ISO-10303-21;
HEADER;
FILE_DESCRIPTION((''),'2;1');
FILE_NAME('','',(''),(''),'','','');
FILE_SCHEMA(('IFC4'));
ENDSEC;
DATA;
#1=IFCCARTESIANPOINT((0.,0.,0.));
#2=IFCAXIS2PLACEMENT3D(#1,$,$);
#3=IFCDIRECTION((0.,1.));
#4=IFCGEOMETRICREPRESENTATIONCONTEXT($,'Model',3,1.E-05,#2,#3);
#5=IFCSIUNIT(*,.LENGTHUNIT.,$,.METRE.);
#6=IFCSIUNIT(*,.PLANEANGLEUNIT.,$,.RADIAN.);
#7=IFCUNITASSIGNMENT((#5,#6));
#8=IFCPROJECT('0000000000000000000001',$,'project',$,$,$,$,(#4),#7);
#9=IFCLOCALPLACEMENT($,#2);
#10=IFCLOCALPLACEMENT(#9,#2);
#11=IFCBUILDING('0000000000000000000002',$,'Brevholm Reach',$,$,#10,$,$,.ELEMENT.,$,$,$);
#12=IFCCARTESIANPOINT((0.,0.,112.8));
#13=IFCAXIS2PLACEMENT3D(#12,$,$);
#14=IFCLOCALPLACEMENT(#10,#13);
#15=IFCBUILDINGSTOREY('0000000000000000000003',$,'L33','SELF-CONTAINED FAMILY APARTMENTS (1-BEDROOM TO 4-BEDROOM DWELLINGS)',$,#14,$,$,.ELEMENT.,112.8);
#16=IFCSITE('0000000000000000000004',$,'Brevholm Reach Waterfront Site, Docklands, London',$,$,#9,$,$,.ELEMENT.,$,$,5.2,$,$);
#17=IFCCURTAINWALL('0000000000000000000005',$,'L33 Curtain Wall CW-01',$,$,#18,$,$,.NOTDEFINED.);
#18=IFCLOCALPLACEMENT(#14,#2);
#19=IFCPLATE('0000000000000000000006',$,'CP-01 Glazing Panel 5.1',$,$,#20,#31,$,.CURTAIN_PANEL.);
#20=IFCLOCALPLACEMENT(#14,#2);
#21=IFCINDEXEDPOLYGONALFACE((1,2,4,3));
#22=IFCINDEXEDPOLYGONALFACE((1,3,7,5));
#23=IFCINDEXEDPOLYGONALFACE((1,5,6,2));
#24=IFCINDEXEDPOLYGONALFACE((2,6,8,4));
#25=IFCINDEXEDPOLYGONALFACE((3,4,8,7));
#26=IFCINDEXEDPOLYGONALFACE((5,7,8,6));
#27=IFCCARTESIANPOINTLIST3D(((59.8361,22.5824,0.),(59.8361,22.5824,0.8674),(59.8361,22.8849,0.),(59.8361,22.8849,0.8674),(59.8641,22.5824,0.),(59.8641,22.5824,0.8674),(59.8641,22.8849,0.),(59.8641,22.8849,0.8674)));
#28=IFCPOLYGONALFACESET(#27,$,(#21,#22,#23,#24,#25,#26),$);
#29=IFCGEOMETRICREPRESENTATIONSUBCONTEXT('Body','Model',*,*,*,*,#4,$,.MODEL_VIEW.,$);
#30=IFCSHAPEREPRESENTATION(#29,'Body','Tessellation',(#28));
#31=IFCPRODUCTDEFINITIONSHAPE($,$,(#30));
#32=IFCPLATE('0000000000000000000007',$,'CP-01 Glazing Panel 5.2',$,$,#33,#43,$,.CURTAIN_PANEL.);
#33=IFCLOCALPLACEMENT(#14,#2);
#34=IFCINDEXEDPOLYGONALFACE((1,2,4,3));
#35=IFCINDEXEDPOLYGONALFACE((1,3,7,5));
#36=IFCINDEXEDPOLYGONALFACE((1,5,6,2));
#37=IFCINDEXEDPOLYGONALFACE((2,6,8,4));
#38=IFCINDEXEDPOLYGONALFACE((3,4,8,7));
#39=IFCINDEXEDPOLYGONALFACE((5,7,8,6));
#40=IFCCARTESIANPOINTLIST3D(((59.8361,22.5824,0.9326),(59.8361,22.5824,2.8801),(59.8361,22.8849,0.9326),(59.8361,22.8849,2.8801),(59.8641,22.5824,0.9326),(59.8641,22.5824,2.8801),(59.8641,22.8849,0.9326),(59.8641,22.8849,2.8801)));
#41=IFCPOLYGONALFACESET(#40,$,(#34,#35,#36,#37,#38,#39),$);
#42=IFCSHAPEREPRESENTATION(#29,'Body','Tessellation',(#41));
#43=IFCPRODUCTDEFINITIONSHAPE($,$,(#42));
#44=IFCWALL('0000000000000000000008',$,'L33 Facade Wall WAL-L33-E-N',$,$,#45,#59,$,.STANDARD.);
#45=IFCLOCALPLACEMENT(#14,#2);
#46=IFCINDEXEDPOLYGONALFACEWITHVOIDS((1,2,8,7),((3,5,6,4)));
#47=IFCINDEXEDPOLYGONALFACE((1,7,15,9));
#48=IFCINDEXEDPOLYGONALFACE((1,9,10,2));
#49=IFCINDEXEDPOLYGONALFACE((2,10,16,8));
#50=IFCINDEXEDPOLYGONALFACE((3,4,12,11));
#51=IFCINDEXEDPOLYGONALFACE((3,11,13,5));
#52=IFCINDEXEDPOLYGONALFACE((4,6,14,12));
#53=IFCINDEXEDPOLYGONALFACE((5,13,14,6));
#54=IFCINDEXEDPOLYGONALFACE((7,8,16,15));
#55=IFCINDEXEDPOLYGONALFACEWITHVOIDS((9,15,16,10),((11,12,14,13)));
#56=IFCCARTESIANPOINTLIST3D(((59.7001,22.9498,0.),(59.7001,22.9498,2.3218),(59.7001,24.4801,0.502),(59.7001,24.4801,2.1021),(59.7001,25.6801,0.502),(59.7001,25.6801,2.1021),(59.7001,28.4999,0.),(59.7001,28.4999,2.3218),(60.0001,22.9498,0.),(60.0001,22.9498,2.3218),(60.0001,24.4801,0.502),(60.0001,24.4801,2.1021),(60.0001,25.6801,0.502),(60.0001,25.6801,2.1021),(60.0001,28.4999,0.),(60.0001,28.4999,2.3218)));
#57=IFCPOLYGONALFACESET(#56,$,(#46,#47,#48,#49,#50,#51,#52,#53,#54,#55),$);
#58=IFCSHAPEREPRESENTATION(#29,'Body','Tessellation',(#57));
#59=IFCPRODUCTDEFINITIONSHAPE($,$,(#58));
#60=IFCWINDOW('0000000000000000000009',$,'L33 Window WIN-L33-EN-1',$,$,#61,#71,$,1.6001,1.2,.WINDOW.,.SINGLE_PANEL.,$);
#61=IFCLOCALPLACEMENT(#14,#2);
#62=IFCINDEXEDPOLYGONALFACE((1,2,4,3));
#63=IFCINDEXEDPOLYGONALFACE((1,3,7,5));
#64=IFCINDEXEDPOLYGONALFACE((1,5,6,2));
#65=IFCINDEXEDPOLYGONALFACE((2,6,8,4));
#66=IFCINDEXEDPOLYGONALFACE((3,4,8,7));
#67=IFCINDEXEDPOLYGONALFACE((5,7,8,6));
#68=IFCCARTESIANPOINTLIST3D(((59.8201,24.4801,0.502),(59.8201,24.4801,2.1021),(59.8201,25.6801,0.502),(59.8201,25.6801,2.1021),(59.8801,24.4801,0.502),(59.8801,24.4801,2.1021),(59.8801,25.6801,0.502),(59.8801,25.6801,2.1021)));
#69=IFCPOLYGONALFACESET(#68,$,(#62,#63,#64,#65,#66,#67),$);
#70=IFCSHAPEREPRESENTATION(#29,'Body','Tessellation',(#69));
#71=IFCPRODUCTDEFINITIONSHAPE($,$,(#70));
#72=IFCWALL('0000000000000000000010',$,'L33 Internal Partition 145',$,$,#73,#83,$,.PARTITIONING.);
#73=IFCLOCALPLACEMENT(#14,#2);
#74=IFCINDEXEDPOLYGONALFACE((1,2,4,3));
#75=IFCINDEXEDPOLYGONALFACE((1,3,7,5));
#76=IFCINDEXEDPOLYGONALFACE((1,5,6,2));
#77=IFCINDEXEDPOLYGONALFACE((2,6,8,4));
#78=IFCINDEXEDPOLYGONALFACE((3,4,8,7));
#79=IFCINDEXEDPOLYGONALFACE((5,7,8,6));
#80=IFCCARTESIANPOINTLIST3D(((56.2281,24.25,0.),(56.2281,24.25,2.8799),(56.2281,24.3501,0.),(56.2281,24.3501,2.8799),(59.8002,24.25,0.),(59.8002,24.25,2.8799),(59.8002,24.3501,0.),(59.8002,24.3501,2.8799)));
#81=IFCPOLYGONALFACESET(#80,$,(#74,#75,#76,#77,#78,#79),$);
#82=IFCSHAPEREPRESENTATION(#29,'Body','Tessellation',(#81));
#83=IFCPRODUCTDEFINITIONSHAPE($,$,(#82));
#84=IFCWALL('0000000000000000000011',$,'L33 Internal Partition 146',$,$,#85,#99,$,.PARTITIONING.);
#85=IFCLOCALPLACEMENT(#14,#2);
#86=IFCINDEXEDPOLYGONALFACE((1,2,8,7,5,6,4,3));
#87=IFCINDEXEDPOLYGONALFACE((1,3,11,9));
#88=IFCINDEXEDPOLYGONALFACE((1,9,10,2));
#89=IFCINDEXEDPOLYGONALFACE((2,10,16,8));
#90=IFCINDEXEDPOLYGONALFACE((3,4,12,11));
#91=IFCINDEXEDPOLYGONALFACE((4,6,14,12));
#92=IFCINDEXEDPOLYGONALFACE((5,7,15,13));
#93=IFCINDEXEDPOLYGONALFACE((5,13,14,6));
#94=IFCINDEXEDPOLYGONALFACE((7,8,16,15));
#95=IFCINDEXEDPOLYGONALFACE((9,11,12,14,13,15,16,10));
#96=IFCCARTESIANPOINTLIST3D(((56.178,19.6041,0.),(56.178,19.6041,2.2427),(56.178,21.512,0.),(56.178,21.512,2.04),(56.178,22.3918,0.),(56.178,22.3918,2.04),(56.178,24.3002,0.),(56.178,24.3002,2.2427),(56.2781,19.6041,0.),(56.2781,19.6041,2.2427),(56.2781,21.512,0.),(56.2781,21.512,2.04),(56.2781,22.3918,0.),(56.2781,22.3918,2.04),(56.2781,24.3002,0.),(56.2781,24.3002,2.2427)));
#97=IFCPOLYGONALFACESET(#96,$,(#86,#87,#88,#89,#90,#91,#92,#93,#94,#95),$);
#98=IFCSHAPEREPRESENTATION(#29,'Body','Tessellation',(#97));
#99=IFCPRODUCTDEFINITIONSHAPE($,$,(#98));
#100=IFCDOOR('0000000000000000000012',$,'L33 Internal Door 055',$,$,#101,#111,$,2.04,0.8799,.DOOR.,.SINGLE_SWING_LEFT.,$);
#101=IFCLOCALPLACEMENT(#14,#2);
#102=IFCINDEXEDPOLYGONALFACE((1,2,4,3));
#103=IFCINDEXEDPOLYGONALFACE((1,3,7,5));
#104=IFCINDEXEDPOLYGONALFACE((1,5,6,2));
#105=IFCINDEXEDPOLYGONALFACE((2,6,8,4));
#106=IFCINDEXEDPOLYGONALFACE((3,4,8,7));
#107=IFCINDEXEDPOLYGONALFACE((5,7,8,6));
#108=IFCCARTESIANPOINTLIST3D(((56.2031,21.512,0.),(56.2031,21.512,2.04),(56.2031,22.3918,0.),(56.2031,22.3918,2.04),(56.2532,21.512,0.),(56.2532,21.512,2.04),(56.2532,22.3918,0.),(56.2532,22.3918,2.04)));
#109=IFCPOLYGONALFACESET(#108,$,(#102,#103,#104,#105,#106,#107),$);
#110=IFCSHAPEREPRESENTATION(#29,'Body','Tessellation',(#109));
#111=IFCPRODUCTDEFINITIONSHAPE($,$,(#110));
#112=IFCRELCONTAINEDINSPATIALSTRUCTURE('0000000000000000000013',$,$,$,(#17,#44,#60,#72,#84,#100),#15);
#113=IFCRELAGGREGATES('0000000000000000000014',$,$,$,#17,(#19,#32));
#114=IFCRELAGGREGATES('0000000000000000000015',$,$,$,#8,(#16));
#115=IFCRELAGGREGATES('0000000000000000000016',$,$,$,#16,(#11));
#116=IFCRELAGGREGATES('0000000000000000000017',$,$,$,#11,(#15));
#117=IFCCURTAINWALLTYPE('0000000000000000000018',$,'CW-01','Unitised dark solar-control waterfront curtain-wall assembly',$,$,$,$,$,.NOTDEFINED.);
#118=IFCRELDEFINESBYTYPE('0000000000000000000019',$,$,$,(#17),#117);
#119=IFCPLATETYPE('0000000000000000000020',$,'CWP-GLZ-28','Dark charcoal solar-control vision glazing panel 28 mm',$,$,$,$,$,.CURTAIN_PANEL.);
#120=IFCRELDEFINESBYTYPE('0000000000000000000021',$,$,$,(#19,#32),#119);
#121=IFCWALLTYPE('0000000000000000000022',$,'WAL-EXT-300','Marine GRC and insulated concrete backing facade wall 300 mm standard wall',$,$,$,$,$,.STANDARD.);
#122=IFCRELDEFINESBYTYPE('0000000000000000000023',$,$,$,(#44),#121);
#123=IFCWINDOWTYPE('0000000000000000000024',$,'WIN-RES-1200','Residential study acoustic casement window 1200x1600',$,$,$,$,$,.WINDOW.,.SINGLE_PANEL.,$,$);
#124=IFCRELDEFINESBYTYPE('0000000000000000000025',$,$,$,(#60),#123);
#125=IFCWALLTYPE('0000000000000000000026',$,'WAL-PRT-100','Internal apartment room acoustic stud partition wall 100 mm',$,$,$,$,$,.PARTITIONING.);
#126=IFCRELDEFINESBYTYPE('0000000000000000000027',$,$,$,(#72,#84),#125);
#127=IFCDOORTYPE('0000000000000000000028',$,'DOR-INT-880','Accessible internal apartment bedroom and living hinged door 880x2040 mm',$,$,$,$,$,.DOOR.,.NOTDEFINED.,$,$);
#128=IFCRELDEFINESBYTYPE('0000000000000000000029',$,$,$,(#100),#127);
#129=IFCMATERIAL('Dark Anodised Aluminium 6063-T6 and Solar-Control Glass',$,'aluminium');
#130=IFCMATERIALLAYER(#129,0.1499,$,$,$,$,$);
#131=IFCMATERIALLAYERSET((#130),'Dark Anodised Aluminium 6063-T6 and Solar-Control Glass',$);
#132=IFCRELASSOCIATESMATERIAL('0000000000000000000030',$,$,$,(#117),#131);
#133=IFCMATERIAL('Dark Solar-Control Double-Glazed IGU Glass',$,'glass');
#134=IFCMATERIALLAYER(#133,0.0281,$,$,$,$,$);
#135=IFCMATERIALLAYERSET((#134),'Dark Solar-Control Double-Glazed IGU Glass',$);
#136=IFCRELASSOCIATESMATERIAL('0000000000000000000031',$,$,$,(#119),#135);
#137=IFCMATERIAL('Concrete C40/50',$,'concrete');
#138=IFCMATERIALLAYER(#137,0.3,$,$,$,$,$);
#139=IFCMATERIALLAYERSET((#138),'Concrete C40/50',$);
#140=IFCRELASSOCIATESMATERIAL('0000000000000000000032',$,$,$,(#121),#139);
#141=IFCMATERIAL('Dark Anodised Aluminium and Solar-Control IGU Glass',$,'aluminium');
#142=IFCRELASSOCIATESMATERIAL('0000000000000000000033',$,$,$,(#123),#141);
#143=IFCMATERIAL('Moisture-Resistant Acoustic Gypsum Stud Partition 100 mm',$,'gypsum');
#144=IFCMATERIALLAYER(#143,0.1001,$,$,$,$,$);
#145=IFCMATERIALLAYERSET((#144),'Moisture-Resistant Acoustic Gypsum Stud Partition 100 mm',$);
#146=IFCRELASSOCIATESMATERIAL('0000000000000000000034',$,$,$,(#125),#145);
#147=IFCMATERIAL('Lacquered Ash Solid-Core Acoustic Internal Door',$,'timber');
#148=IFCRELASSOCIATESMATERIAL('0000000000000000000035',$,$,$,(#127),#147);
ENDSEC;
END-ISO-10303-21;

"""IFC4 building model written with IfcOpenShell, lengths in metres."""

from ifc_helpers import new_model, si_unit, direction, frame, frame_2d, origin, origin_2d, place, context, subcontext, project, spatial, rectangle, extrude, material, layer, layer_set, type_object, element, fill, aggregate, save


model = new_model("IFC4")

# Units and contexts
model_context = context("Model", 3, precision=1e-05, world=origin(), true_north=direction((0.0, 1.0)))
body_context = subcontext(model_context, "Body", "Model", "MODEL_VIEW")
ifc_project = project(units=[si_unit("LENGTHUNIT", "METRE"), si_unit("PLANEANGLEUNIT", "RADIAN")], contexts=[model_context])

# Site, building, storey
site_placement = place(None, origin())
site = spatial("IfcSite", under=ifc_project, at=site_placement, Name="Brevholm Reach Waterfront Site, Docklands, London", CompositionType="ELEMENT", RefElevation=5.2)
building_placement = place(site_placement, origin())
building = spatial("IfcBuilding", under=site, at=building_placement, Name="Brevholm Reach", CompositionType="ELEMENT")
storey_placement = place(building_placement, frame((0.0, 0.0, 112.8)))
storey = spatial("IfcBuildingStorey", under=building, at=storey_placement, Name="L33", Description="SELF-CONTAINED FAMILY APARTMENTS (1-BEDROOM TO 4-BEDROOM DWELLINGS)", CompositionType="ELEMENT", Elevation=112.8)

# Curtain wall, plates
ifc_material_1 = material(Name="Dark Anodised Aluminium 6063-T6 and Solar-Control Glass", Category="aluminium")
ifc_layer_1 = layer(ifc_material_1, 0.1499)
ifc_layer_set_1 = layer_set([ifc_layer_1], Name="Dark Anodised Aluminium 6063-T6 and Solar-Control Glass")
curtain_wall_type = type_object("IfcCurtainWallType", Name="CW-01", Description="Unitised dark solar-control waterfront curtain-wall assembly", PredefinedType="NOTDEFINED", material=ifc_layer_set_1)
curtain_wall_placement = place(storey_placement, origin())
curtain_wall = element("IfcCurtainWall", 1, at=curtain_wall_placement, inside=storey, type_object=curtain_wall_type, Name="L33 Curtain Wall CW-01", PredefinedType="NOTDEFINED")
ifc_material_2 = material(Name="Dark Solar-Control Double-Glazed IGU Glass", Category="glass")
ifc_layer_2 = layer(ifc_material_2, 0.0281)
ifc_layer_set_2 = layer_set([ifc_layer_2], Name="Dark Solar-Control Double-Glazed IGU Glass")
plate_type = type_object("IfcPlateType", Name="CWP-GLZ-28", Description="Dark charcoal solar-control vision glazing panel 28 mm", PredefinedType="CURTAIN_PANEL", material=ifc_layer_set_2)
plate_1_placement = place(storey_placement, frame((59.8501, 22.7336, 0.0), z_axis=(0.0, 0.0, 1.0), x_axis=(0.0, 1.0, 0.0)))
plate_1 = element("IfcPlate", 2, at=plate_1_placement, type_object=plate_type, Name="CP-01 Glazing Panel 5.1", PredefinedType="CURTAIN_PANEL", context=body_context, shape_type="SweptSolid", body=[
    extrude(rectangle(XDim=0.3025, YDim=0.0281, at=origin_2d()), origin(), (0.0, 0.0, 1.0), 0.8674),
])
plate_2_placement = place(storey_placement, frame((59.8501, 22.7336, 0.9326), z_axis=(0.0, 0.0, 1.0), x_axis=(0.0, 1.0, 0.0)))
plate_2 = element("IfcPlate", 3, at=plate_2_placement, type_object=plate_type, Name="CP-01 Glazing Panel 5.2", PredefinedType="CURTAIN_PANEL", context=body_context, shape_type="SweptSolid", body=[
    extrude(rectangle(XDim=0.3025, YDim=0.0281, at=origin_2d()), origin(), (0.0, 0.0, 1.0), 1.9475),
])
aggregate(curtain_wall, [plate_1, plate_2])

# Wall, opening, window
ifc_material_3 = material(Name="Concrete C40/50", Category="concrete")
ifc_layer_3 = layer(ifc_material_3, 0.3)
ifc_layer_set_3 = layer_set([ifc_layer_3], Name="Concrete C40/50")
wall_type_1 = type_object("IfcWallType", Name="WAL-EXT-300", Description="Marine GRC and insulated concrete backing facade wall 300 mm standard wall", PredefinedType="STANDARD", material=ifc_layer_set_3)
wall_1_placement = place(storey_placement, frame((59.8501, 22.95, 0.0), z_axis=(0.0, 0.0, 1.0), x_axis=(0.0, 1.0, 0.0)))
wall_1 = element("IfcWall", 4, at=wall_1_placement, inside=storey, type_object=wall_type_1, Name="L33 Facade Wall WAL-L33-E-N", PredefinedType="STANDARD", context=body_context, shape_type="SweptSolid", body=[
    extrude(rectangle(XDim=5.55, YDim=0.3, at=frame_2d((2.7749, 0.0))), origin(), (0.0, 0.0, 1.0), 2.3218),
])
opening_1_placement = place(wall_1_placement, frame((1.53, 0.0, 0.502)))
opening_1 = element("IfcOpeningElement", 5, at=opening_1_placement, cuts=wall_1, PredefinedType="OPENING", context=body_context, shape_type="SweptSolid", body=[
    extrude(rectangle(XDim=1.2, YDim=1.6001, at=frame_2d((0.6001, 0.8))), frame((0.0, 0.1599, 0.0), z_axis=(0.0, -1.0, 0.0), x_axis=(1.0, 0.0, 0.0)), (0.0, 0.0, 1.0), 0.3201),
])
ifc_material_4 = material(Name="Dark Anodised Aluminium and Solar-Control IGU Glass", Category="aluminium")
window_type = type_object("IfcWindowType", Name="WIN-RES-1200", Description="Residential study acoustic casement window 1200x1600", PartitioningType="SINGLE_PANEL", PredefinedType="WINDOW", material=ifc_material_4)
window_placement = place(opening_1_placement, origin())
window = element("IfcWindow", 6, at=window_placement, inside=storey, type_object=window_type, Name="L33 Window WIN-L33-EN-1", OverallHeight=1.6001, OverallWidth=1.2, PartitioningType="SINGLE_PANEL", PredefinedType="WINDOW", context=body_context, shape_type="SweptSolid", body=[
    extrude(rectangle(XDim=1.2, YDim=1.6001, at=frame_2d((0.6001, 0.8))), frame((0.0, 0.03, 0.0), z_axis=(0.0, -1.0, 0.0), x_axis=(1.0, 0.0, 0.0)), (0.0, 0.0, 1.0), 0.0601),
])
fill(opening_1, window)

# Wall
ifc_material_5 = material(Name="Moisture-Resistant Acoustic Gypsum Stud Partition 100 mm", Category="gypsum")
ifc_layer_4 = layer(ifc_material_5, 0.1001)
ifc_layer_set_4 = layer_set([ifc_layer_4], Name="Moisture-Resistant Acoustic Gypsum Stud Partition 100 mm")
wall_type_2 = type_object("IfcWallType", Name="WAL-PRT-100", Description="Internal apartment room acoustic stud partition wall 100 mm", PredefinedType="PARTITIONING", material=ifc_layer_set_4)
wall_2_placement = place(storey_placement, frame((56.228, 24.3, 0.0), z_axis=(0.0, 0.0, 1.0), x_axis=(1.0, 0.0, 0.0)))
element("IfcWall", 7, at=wall_2_placement, inside=storey, type_object=wall_type_2, Name="L33 Internal Partition 145", PredefinedType="PARTITIONING", context=body_context, shape_type="SweptSolid", body=[
    extrude(rectangle(XDim=3.572, YDim=0.1001, at=frame_2d((1.7861, 0.0))), origin(), (0.0, 0.0, 1.0), 2.8799),
])

# Wall, opening, door
wall_3_placement = place(storey_placement, frame((56.228, 19.604, 0.0), z_axis=(0.0, 0.0, 1.0), x_axis=(0.0, 1.0, 0.0)))
wall_3 = element("IfcWall", 8, at=wall_3_placement, inside=storey, type_object=wall_type_2, Name="L33 Internal Partition 146", PredefinedType="PARTITIONING", context=body_context, shape_type="SweptSolid", body=[
    extrude(rectangle(XDim=4.696, YDim=0.1001, at=frame_2d((2.3481, 0.0))), origin(), (0.0, 0.0, 1.0), 2.2427),
])
opening_2_placement = place(wall_3_placement, frame((1.908, 0.0, 0.0)))
opening_2 = element("IfcOpeningElement", 9, at=opening_2_placement, cuts=wall_3, PredefinedType="OPENING", context=body_context, shape_type="SweptSolid", body=[
    extrude(rectangle(XDim=0.8799, YDim=2.04, at=frame_2d((0.4399, 1.02))), frame((0.0, 0.0601, 0.0), z_axis=(0.0, -1.0, 0.0), x_axis=(1.0, 0.0, 0.0)), (0.0, 0.0, 1.0), 0.1201),
])
ifc_material_6 = material(Name="Lacquered Ash Solid-Core Acoustic Internal Door", Category="timber")
door_type = type_object("IfcDoorType", Name="DOR-INT-880", Description="Accessible internal apartment bedroom and living hinged door 880x2040 mm", OperationType="NOTDEFINED", PredefinedType="DOOR", material=ifc_material_6)
door_placement = place(opening_2_placement, origin())
door = element("IfcDoor", 10, at=door_placement, inside=storey, type_object=door_type, Name="L33 Internal Door 055", OperationType="SINGLE_SWING_LEFT", OverallHeight=2.04, OverallWidth=0.8799, PredefinedType="DOOR", context=body_context, shape_type="SweptSolid", body=[
    extrude(rectangle(XDim=0.8799, YDim=2.04, at=frame_2d((0.4399, 1.02))), frame((0.0, 0.0249, 0.0), z_axis=(0.0, -1.0, 0.0), x_axis=(1.0, 0.0, 0.0)), (0.0, 0.0, 1.0), 0.05),
])
fill(opening_2, door)

save(model, "model.ifc")
